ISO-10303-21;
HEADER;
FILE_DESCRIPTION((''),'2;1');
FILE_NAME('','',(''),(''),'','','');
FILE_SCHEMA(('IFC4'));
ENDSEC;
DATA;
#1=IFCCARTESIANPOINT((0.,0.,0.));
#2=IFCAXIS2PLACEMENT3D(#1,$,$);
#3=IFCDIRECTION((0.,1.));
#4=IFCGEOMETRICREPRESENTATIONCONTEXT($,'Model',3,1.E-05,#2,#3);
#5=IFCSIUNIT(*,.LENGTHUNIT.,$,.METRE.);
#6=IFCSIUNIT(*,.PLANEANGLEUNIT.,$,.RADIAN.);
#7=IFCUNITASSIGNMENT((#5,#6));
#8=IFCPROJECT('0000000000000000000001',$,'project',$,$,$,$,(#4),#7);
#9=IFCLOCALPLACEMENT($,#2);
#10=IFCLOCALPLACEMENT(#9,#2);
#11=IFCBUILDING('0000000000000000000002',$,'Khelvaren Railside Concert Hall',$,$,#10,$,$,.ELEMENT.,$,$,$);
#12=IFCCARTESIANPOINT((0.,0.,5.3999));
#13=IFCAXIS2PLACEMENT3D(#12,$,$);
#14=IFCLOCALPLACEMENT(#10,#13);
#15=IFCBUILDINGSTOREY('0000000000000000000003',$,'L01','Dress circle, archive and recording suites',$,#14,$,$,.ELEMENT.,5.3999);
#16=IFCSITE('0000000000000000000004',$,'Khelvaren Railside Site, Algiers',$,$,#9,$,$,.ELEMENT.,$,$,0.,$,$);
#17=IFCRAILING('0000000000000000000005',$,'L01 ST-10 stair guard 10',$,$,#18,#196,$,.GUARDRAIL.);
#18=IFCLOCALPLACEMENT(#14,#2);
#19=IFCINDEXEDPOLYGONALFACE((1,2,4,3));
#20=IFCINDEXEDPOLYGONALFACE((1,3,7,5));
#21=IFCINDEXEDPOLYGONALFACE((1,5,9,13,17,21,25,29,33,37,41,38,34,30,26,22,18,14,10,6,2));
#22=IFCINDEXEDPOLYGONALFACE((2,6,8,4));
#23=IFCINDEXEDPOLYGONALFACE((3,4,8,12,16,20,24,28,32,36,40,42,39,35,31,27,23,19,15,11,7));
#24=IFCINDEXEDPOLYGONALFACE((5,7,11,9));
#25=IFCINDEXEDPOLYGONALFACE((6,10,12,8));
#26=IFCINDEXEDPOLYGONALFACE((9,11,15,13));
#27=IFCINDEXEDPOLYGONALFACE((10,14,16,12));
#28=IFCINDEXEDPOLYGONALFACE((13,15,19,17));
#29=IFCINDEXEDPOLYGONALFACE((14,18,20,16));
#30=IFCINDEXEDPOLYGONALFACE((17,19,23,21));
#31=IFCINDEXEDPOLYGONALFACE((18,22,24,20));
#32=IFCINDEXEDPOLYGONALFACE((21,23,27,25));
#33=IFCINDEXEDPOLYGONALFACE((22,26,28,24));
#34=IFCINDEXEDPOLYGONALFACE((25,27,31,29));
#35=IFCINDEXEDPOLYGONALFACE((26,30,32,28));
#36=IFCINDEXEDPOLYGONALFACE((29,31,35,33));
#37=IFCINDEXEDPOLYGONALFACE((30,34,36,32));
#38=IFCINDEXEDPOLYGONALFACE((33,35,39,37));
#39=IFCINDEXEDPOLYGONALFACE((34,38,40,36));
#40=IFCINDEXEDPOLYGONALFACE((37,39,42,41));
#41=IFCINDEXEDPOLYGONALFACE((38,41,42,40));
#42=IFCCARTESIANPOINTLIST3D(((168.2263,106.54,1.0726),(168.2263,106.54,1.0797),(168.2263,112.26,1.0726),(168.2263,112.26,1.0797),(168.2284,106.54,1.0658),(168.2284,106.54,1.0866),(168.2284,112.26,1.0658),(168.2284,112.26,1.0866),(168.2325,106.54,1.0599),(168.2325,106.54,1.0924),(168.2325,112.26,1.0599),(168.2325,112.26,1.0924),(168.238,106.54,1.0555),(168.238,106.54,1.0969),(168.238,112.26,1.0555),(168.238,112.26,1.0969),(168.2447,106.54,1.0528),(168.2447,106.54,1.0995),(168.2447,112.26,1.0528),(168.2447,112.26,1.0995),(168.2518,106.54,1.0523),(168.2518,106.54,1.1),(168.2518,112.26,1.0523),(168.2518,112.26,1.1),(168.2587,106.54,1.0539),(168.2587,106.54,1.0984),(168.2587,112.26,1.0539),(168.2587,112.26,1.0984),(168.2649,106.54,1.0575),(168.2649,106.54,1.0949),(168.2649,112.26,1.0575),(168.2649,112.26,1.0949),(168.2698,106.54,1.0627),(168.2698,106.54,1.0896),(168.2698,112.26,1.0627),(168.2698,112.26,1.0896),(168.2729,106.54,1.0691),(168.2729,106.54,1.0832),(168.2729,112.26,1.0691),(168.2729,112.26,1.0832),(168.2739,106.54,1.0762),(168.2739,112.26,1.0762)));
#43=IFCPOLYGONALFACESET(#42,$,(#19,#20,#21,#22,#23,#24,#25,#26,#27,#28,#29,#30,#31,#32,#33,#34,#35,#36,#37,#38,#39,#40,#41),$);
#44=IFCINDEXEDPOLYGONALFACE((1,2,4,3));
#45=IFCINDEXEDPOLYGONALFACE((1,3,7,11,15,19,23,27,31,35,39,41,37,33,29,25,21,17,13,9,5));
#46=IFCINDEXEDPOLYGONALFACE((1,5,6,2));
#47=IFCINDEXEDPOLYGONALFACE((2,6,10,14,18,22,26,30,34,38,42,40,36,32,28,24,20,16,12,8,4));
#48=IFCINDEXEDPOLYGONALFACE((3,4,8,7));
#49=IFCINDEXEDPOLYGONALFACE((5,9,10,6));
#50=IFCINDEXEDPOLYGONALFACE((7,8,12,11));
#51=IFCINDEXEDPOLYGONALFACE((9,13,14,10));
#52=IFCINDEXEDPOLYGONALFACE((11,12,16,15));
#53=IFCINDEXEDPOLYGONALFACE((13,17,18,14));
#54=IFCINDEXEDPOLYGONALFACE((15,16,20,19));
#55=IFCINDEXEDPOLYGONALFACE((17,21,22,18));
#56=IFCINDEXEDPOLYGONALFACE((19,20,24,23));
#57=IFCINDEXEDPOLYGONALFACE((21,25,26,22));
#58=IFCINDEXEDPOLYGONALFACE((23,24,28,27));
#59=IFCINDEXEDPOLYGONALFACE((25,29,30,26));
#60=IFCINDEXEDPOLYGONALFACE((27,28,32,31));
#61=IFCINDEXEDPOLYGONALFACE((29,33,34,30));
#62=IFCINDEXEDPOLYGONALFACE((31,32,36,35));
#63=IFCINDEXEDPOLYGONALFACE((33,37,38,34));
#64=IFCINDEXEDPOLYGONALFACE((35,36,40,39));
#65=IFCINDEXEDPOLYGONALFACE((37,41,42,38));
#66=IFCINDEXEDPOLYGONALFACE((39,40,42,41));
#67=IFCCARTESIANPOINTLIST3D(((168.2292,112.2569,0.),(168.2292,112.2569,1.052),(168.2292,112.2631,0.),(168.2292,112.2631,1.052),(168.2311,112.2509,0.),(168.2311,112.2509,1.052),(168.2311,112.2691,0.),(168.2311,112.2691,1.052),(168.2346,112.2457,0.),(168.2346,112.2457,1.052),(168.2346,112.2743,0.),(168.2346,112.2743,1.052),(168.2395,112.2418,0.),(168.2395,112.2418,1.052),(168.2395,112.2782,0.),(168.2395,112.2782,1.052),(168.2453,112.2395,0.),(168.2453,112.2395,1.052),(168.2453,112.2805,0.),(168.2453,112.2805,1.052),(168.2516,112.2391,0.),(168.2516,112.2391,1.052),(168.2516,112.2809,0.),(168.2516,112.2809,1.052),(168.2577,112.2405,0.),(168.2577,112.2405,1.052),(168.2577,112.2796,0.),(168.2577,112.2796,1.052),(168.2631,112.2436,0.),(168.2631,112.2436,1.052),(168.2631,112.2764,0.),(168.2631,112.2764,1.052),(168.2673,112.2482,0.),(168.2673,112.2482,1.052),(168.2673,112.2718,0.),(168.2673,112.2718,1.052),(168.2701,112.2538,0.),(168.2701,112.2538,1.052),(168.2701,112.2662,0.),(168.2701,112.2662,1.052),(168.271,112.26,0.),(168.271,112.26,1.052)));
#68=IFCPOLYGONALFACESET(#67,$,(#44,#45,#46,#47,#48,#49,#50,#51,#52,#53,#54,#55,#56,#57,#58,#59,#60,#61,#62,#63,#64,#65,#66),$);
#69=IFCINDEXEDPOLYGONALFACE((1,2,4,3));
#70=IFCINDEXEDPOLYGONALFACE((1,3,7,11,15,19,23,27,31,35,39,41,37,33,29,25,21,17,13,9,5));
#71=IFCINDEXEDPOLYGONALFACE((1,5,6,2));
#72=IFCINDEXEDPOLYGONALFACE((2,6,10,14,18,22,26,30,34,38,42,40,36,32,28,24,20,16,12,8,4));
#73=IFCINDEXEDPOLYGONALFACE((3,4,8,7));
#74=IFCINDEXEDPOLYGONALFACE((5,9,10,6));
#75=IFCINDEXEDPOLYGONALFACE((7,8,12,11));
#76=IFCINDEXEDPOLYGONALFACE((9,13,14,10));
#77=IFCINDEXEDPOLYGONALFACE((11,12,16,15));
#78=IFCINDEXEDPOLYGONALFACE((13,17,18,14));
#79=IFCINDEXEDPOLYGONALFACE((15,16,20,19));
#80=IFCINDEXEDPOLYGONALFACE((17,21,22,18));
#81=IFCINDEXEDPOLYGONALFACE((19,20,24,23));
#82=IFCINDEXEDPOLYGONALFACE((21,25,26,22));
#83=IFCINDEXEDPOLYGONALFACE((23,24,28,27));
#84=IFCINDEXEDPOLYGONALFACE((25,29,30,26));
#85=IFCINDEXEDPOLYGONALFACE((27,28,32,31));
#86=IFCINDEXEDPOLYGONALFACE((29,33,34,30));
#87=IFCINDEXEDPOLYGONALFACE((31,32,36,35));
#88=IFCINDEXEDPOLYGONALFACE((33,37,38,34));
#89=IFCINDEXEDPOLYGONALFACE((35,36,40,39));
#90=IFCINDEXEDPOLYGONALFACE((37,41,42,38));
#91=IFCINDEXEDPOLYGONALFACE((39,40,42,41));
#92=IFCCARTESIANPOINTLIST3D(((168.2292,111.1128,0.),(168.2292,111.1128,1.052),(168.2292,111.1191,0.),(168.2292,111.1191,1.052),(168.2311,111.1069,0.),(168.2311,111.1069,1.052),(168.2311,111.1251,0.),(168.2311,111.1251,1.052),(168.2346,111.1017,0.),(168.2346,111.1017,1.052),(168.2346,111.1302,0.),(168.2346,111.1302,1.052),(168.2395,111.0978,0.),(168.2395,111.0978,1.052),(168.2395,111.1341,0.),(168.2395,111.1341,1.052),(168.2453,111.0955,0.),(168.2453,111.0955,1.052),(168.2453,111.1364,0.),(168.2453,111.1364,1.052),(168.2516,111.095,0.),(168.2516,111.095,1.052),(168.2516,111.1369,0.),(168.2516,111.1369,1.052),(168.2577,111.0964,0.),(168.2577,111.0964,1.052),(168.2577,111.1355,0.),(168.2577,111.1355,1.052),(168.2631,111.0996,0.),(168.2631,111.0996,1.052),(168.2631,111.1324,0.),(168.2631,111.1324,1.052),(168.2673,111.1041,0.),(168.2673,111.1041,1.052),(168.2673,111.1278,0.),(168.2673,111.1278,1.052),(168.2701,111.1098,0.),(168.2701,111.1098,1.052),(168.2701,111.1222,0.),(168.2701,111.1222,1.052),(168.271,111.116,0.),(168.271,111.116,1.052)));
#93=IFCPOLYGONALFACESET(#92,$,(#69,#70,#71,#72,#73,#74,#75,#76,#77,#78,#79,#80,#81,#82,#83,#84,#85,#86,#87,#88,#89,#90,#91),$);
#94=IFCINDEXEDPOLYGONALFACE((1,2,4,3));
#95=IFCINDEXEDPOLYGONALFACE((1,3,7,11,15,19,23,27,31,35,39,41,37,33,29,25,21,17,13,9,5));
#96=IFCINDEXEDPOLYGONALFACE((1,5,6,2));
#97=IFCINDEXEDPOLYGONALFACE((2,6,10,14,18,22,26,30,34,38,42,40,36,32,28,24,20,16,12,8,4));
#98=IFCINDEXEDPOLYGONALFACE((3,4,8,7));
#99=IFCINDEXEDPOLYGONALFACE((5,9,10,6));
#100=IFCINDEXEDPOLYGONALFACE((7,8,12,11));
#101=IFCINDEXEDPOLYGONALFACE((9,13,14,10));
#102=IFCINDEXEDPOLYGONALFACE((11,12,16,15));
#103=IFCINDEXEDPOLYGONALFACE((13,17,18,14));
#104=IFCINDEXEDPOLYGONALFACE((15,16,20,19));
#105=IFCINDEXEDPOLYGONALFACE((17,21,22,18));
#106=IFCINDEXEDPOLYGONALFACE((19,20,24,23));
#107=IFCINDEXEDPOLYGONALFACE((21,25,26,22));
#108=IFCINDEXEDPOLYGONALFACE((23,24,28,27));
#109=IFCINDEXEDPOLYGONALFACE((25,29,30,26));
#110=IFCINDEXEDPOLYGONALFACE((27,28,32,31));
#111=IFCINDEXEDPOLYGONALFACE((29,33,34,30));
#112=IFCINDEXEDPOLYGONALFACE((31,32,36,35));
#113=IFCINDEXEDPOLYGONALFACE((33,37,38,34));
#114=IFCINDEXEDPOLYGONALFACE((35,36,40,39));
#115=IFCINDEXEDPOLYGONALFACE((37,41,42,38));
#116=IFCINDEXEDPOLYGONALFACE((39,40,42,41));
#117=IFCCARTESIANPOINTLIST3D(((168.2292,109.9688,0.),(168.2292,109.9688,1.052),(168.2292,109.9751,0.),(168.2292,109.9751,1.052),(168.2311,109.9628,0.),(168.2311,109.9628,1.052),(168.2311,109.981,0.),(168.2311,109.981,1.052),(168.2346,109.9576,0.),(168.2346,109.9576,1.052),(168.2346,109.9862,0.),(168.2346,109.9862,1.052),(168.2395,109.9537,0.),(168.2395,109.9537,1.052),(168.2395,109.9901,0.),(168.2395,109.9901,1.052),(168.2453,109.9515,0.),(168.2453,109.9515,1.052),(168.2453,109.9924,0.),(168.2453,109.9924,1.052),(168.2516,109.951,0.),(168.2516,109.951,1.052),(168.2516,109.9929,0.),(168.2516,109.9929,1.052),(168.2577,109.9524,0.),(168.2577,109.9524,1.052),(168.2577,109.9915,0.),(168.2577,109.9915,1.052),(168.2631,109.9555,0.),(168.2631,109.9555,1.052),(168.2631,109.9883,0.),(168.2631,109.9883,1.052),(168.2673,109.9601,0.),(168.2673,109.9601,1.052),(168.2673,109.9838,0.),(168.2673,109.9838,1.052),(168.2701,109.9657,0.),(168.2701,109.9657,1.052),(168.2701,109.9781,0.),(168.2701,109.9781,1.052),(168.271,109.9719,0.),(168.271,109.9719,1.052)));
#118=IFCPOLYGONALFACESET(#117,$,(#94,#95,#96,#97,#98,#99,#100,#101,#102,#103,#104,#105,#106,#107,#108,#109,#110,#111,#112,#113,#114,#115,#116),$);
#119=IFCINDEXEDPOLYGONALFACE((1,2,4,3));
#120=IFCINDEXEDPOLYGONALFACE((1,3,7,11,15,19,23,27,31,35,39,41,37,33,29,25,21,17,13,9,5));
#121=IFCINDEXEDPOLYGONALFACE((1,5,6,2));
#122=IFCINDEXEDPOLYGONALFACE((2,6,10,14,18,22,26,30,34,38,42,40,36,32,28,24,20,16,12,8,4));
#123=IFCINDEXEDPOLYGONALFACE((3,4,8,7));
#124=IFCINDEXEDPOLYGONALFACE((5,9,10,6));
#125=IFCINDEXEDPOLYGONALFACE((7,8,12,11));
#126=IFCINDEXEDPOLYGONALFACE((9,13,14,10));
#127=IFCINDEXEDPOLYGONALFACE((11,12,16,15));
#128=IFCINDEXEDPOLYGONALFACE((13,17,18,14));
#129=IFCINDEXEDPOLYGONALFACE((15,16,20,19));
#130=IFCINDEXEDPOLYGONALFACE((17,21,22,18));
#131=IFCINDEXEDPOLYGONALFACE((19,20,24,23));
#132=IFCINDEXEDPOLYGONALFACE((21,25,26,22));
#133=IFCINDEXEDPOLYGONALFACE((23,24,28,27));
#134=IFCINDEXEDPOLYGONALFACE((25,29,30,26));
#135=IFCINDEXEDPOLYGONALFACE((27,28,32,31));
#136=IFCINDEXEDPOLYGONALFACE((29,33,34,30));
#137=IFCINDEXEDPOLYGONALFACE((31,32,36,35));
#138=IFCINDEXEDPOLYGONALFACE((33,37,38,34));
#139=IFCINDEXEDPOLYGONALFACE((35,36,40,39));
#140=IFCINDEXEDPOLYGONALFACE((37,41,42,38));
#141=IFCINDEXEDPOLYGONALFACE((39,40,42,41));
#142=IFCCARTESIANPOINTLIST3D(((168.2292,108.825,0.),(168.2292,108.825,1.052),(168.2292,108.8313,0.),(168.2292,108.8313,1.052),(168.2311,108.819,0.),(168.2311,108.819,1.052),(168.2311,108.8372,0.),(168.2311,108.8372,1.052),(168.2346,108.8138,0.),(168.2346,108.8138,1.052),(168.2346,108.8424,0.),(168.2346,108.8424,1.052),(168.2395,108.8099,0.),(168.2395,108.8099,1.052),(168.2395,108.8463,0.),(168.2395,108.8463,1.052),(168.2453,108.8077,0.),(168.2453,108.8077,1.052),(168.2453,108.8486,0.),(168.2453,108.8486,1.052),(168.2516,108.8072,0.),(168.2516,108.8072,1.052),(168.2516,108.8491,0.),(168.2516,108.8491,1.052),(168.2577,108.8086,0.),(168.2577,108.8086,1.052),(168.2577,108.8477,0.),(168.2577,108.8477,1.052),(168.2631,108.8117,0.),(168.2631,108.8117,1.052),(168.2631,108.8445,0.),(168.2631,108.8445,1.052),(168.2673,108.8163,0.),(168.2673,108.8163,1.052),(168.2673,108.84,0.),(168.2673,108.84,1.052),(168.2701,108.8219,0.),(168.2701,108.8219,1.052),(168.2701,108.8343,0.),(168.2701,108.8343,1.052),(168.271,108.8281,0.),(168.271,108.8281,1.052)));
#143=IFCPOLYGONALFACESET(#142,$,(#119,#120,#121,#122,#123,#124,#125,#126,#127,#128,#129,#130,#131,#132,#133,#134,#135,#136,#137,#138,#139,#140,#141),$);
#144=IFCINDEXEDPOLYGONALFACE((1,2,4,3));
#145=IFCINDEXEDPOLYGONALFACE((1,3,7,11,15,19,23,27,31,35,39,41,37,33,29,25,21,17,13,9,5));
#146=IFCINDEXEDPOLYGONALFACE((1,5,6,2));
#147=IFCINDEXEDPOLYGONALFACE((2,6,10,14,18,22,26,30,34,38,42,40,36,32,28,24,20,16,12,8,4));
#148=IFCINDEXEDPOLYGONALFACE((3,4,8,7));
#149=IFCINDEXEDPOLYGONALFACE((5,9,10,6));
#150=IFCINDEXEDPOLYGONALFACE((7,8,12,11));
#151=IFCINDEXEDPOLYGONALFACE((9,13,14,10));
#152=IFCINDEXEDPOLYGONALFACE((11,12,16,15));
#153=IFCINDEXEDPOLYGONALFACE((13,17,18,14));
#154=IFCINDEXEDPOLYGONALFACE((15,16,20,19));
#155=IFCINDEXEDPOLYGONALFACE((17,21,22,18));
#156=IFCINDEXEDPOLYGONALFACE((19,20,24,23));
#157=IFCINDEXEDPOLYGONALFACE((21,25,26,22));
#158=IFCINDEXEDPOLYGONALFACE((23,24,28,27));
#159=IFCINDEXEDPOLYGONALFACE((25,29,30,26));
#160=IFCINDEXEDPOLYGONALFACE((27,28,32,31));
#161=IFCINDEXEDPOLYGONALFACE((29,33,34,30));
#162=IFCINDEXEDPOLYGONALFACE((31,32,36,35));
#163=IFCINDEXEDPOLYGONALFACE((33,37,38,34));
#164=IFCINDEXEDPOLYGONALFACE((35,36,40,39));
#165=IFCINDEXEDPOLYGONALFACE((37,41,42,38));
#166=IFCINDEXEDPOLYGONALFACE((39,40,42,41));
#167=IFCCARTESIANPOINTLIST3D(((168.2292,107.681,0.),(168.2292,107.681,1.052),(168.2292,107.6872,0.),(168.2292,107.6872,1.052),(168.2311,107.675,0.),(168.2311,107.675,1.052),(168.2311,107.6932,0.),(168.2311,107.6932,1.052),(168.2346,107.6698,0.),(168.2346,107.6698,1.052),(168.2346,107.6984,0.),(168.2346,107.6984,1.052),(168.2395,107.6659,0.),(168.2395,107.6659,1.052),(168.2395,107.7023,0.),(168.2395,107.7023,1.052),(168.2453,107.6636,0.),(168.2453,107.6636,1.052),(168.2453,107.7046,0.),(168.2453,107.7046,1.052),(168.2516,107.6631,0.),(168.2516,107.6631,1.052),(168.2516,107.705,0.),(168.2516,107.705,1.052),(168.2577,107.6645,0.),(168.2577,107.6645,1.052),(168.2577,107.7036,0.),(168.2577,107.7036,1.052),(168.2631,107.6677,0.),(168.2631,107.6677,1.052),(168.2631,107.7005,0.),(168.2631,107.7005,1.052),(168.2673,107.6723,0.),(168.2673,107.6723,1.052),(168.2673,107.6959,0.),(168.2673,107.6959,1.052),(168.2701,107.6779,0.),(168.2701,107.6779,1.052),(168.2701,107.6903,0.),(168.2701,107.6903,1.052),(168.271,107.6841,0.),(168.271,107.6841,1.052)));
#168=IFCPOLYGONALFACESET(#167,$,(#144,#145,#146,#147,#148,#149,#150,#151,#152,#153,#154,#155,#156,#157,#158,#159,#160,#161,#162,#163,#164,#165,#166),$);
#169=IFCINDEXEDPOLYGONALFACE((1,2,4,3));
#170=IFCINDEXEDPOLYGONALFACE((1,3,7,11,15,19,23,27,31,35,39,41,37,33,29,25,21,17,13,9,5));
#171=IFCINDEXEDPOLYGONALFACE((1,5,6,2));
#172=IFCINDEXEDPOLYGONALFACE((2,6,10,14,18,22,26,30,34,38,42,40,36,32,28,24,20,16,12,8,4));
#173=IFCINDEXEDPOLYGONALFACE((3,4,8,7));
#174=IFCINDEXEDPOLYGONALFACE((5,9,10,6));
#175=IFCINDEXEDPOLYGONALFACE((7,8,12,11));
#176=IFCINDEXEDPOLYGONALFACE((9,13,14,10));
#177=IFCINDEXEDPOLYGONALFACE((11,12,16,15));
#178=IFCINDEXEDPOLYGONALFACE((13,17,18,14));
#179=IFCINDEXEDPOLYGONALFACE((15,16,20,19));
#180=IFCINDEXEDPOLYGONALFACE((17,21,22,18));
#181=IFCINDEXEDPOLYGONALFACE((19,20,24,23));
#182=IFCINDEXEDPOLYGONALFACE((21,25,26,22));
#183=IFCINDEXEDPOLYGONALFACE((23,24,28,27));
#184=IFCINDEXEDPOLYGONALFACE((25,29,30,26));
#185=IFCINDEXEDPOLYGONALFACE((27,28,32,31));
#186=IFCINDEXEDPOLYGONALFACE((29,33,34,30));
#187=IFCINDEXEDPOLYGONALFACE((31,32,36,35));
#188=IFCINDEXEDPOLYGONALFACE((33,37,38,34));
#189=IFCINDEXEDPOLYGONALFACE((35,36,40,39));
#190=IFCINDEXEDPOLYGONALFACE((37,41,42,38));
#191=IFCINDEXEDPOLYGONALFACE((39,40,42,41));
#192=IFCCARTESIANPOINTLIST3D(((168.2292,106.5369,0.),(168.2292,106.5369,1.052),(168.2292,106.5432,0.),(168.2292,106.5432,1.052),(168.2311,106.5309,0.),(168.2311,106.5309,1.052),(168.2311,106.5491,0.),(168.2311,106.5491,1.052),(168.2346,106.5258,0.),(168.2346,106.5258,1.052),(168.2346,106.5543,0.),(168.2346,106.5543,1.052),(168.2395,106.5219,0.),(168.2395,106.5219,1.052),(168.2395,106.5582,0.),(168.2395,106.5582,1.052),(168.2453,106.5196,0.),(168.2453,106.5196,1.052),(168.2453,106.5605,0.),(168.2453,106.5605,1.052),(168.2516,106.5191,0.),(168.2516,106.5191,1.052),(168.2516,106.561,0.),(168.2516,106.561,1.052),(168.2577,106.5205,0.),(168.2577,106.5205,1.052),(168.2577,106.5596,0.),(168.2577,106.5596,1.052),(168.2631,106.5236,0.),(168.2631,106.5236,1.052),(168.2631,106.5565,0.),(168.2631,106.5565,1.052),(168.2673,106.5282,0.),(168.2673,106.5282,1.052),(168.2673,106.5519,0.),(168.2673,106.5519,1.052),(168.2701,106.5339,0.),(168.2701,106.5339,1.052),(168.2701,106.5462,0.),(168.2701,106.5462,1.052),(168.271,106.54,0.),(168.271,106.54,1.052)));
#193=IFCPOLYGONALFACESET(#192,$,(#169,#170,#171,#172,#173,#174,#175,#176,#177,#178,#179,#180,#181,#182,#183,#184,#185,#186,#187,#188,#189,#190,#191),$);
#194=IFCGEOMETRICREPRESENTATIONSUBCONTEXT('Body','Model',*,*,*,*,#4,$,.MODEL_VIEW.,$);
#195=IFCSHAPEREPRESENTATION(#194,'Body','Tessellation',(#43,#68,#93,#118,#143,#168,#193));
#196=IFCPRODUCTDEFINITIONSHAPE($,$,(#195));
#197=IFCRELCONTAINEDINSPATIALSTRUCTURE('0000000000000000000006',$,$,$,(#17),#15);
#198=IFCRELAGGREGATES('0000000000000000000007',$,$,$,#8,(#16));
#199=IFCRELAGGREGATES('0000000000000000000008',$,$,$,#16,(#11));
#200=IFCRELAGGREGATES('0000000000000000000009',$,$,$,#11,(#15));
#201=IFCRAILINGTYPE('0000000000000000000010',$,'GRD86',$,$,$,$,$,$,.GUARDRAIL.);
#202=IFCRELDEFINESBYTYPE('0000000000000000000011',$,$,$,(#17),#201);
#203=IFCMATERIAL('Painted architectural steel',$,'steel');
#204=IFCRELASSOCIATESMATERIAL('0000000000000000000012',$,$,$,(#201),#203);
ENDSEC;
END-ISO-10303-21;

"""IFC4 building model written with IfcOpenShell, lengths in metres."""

from ifc_helpers import new_model, si_unit, direction, frame, origin, origin_2d, place, context, subcontext, project, spatial, circle, extrude, material, type_object, element, save


model = new_model("IFC4")

# Units and contexts
model_context = context("Model", 3, precision=1e-05, world=origin(), true_north=direction((0.0, 1.0)))
body_context = subcontext(model_context, "Body", "Model", "MODEL_VIEW")
ifc_project = project(units=[si_unit("LENGTHUNIT", "METRE"), si_unit("PLANEANGLEUNIT", "RADIAN")], contexts=[model_context])

# Site, building, storey
site_placement = place(None, origin())
site = spatial("IfcSite", under=ifc_project, at=site_placement, Name="Khelvaren Railside Site, Algiers", CompositionType="ELEMENT", RefElevation=0.0)
building_placement = place(site_placement, origin())
building = spatial("IfcBuilding", under=site, at=building_placement, Name="Khelvaren Railside Concert Hall", CompositionType="ELEMENT")
storey_placement = place(building_placement, frame((0.0, 0.0, 5.3999)))
storey = spatial("IfcBuildingStorey", under=building, at=storey_placement, Name="L01", Description="Dress circle, archive and recording suites", CompositionType="ELEMENT", Elevation=5.3999)

# Railing
ifc_material_1 = material(Name="Painted architectural steel", Category="steel")
railing_type = type_object("IfcRailingType", Name="GRD86", PredefinedType="GUARDRAIL", material=ifc_material_1)
railing_1_placement = place(storey_placement, frame((168.25, 112.26, 0.0)))
element("IfcRailing", 1, at=railing_1_placement, inside=storey, type_object=railing_type, Name="L01 ST-10 stair guard 10", PredefinedType="GUARDRAIL", context=body_context, shape_type="SweptSolid", body=[
    extrude(circle(Radius=0.0239, at=origin_2d()), frame((0.0, 0.0, 1.0762), z_axis=(0.0, -1.0, 0.0), x_axis=(1.0, 0.0, 0.0)), (0.0, 0.0, 1.0), 5.72),
    extrude(circle(Radius=0.021, at=origin_2d()), origin(), (0.0, 0.0, 1.0), 1.052),
    extrude(circle(Radius=0.021, at=origin_2d()), frame((0.0, -1.144, 0.0)), (0.0, 0.0, 1.0), 1.052),
    extrude(circle(Radius=0.021, at=origin_2d()), frame((0.0, -2.2881, 0.0)), (0.0, 0.0, 1.0), 1.052),
    extrude(circle(Radius=0.021, at=origin_2d()), frame((0.0, -3.4319, 0.0)), (0.0, 0.0, 1.0), 1.052),
    extrude(circle(Radius=0.021, at=origin_2d()), frame((0.0, -4.5759, 0.0)), (0.0, 0.0, 1.0), 1.052),
    extrude(circle(Radius=0.021, at=origin_2d()), frame((0.0, -5.72, 0.0)), (0.0, 0.0, 1.0), 1.052),
])

save(model, "model.ifc")
